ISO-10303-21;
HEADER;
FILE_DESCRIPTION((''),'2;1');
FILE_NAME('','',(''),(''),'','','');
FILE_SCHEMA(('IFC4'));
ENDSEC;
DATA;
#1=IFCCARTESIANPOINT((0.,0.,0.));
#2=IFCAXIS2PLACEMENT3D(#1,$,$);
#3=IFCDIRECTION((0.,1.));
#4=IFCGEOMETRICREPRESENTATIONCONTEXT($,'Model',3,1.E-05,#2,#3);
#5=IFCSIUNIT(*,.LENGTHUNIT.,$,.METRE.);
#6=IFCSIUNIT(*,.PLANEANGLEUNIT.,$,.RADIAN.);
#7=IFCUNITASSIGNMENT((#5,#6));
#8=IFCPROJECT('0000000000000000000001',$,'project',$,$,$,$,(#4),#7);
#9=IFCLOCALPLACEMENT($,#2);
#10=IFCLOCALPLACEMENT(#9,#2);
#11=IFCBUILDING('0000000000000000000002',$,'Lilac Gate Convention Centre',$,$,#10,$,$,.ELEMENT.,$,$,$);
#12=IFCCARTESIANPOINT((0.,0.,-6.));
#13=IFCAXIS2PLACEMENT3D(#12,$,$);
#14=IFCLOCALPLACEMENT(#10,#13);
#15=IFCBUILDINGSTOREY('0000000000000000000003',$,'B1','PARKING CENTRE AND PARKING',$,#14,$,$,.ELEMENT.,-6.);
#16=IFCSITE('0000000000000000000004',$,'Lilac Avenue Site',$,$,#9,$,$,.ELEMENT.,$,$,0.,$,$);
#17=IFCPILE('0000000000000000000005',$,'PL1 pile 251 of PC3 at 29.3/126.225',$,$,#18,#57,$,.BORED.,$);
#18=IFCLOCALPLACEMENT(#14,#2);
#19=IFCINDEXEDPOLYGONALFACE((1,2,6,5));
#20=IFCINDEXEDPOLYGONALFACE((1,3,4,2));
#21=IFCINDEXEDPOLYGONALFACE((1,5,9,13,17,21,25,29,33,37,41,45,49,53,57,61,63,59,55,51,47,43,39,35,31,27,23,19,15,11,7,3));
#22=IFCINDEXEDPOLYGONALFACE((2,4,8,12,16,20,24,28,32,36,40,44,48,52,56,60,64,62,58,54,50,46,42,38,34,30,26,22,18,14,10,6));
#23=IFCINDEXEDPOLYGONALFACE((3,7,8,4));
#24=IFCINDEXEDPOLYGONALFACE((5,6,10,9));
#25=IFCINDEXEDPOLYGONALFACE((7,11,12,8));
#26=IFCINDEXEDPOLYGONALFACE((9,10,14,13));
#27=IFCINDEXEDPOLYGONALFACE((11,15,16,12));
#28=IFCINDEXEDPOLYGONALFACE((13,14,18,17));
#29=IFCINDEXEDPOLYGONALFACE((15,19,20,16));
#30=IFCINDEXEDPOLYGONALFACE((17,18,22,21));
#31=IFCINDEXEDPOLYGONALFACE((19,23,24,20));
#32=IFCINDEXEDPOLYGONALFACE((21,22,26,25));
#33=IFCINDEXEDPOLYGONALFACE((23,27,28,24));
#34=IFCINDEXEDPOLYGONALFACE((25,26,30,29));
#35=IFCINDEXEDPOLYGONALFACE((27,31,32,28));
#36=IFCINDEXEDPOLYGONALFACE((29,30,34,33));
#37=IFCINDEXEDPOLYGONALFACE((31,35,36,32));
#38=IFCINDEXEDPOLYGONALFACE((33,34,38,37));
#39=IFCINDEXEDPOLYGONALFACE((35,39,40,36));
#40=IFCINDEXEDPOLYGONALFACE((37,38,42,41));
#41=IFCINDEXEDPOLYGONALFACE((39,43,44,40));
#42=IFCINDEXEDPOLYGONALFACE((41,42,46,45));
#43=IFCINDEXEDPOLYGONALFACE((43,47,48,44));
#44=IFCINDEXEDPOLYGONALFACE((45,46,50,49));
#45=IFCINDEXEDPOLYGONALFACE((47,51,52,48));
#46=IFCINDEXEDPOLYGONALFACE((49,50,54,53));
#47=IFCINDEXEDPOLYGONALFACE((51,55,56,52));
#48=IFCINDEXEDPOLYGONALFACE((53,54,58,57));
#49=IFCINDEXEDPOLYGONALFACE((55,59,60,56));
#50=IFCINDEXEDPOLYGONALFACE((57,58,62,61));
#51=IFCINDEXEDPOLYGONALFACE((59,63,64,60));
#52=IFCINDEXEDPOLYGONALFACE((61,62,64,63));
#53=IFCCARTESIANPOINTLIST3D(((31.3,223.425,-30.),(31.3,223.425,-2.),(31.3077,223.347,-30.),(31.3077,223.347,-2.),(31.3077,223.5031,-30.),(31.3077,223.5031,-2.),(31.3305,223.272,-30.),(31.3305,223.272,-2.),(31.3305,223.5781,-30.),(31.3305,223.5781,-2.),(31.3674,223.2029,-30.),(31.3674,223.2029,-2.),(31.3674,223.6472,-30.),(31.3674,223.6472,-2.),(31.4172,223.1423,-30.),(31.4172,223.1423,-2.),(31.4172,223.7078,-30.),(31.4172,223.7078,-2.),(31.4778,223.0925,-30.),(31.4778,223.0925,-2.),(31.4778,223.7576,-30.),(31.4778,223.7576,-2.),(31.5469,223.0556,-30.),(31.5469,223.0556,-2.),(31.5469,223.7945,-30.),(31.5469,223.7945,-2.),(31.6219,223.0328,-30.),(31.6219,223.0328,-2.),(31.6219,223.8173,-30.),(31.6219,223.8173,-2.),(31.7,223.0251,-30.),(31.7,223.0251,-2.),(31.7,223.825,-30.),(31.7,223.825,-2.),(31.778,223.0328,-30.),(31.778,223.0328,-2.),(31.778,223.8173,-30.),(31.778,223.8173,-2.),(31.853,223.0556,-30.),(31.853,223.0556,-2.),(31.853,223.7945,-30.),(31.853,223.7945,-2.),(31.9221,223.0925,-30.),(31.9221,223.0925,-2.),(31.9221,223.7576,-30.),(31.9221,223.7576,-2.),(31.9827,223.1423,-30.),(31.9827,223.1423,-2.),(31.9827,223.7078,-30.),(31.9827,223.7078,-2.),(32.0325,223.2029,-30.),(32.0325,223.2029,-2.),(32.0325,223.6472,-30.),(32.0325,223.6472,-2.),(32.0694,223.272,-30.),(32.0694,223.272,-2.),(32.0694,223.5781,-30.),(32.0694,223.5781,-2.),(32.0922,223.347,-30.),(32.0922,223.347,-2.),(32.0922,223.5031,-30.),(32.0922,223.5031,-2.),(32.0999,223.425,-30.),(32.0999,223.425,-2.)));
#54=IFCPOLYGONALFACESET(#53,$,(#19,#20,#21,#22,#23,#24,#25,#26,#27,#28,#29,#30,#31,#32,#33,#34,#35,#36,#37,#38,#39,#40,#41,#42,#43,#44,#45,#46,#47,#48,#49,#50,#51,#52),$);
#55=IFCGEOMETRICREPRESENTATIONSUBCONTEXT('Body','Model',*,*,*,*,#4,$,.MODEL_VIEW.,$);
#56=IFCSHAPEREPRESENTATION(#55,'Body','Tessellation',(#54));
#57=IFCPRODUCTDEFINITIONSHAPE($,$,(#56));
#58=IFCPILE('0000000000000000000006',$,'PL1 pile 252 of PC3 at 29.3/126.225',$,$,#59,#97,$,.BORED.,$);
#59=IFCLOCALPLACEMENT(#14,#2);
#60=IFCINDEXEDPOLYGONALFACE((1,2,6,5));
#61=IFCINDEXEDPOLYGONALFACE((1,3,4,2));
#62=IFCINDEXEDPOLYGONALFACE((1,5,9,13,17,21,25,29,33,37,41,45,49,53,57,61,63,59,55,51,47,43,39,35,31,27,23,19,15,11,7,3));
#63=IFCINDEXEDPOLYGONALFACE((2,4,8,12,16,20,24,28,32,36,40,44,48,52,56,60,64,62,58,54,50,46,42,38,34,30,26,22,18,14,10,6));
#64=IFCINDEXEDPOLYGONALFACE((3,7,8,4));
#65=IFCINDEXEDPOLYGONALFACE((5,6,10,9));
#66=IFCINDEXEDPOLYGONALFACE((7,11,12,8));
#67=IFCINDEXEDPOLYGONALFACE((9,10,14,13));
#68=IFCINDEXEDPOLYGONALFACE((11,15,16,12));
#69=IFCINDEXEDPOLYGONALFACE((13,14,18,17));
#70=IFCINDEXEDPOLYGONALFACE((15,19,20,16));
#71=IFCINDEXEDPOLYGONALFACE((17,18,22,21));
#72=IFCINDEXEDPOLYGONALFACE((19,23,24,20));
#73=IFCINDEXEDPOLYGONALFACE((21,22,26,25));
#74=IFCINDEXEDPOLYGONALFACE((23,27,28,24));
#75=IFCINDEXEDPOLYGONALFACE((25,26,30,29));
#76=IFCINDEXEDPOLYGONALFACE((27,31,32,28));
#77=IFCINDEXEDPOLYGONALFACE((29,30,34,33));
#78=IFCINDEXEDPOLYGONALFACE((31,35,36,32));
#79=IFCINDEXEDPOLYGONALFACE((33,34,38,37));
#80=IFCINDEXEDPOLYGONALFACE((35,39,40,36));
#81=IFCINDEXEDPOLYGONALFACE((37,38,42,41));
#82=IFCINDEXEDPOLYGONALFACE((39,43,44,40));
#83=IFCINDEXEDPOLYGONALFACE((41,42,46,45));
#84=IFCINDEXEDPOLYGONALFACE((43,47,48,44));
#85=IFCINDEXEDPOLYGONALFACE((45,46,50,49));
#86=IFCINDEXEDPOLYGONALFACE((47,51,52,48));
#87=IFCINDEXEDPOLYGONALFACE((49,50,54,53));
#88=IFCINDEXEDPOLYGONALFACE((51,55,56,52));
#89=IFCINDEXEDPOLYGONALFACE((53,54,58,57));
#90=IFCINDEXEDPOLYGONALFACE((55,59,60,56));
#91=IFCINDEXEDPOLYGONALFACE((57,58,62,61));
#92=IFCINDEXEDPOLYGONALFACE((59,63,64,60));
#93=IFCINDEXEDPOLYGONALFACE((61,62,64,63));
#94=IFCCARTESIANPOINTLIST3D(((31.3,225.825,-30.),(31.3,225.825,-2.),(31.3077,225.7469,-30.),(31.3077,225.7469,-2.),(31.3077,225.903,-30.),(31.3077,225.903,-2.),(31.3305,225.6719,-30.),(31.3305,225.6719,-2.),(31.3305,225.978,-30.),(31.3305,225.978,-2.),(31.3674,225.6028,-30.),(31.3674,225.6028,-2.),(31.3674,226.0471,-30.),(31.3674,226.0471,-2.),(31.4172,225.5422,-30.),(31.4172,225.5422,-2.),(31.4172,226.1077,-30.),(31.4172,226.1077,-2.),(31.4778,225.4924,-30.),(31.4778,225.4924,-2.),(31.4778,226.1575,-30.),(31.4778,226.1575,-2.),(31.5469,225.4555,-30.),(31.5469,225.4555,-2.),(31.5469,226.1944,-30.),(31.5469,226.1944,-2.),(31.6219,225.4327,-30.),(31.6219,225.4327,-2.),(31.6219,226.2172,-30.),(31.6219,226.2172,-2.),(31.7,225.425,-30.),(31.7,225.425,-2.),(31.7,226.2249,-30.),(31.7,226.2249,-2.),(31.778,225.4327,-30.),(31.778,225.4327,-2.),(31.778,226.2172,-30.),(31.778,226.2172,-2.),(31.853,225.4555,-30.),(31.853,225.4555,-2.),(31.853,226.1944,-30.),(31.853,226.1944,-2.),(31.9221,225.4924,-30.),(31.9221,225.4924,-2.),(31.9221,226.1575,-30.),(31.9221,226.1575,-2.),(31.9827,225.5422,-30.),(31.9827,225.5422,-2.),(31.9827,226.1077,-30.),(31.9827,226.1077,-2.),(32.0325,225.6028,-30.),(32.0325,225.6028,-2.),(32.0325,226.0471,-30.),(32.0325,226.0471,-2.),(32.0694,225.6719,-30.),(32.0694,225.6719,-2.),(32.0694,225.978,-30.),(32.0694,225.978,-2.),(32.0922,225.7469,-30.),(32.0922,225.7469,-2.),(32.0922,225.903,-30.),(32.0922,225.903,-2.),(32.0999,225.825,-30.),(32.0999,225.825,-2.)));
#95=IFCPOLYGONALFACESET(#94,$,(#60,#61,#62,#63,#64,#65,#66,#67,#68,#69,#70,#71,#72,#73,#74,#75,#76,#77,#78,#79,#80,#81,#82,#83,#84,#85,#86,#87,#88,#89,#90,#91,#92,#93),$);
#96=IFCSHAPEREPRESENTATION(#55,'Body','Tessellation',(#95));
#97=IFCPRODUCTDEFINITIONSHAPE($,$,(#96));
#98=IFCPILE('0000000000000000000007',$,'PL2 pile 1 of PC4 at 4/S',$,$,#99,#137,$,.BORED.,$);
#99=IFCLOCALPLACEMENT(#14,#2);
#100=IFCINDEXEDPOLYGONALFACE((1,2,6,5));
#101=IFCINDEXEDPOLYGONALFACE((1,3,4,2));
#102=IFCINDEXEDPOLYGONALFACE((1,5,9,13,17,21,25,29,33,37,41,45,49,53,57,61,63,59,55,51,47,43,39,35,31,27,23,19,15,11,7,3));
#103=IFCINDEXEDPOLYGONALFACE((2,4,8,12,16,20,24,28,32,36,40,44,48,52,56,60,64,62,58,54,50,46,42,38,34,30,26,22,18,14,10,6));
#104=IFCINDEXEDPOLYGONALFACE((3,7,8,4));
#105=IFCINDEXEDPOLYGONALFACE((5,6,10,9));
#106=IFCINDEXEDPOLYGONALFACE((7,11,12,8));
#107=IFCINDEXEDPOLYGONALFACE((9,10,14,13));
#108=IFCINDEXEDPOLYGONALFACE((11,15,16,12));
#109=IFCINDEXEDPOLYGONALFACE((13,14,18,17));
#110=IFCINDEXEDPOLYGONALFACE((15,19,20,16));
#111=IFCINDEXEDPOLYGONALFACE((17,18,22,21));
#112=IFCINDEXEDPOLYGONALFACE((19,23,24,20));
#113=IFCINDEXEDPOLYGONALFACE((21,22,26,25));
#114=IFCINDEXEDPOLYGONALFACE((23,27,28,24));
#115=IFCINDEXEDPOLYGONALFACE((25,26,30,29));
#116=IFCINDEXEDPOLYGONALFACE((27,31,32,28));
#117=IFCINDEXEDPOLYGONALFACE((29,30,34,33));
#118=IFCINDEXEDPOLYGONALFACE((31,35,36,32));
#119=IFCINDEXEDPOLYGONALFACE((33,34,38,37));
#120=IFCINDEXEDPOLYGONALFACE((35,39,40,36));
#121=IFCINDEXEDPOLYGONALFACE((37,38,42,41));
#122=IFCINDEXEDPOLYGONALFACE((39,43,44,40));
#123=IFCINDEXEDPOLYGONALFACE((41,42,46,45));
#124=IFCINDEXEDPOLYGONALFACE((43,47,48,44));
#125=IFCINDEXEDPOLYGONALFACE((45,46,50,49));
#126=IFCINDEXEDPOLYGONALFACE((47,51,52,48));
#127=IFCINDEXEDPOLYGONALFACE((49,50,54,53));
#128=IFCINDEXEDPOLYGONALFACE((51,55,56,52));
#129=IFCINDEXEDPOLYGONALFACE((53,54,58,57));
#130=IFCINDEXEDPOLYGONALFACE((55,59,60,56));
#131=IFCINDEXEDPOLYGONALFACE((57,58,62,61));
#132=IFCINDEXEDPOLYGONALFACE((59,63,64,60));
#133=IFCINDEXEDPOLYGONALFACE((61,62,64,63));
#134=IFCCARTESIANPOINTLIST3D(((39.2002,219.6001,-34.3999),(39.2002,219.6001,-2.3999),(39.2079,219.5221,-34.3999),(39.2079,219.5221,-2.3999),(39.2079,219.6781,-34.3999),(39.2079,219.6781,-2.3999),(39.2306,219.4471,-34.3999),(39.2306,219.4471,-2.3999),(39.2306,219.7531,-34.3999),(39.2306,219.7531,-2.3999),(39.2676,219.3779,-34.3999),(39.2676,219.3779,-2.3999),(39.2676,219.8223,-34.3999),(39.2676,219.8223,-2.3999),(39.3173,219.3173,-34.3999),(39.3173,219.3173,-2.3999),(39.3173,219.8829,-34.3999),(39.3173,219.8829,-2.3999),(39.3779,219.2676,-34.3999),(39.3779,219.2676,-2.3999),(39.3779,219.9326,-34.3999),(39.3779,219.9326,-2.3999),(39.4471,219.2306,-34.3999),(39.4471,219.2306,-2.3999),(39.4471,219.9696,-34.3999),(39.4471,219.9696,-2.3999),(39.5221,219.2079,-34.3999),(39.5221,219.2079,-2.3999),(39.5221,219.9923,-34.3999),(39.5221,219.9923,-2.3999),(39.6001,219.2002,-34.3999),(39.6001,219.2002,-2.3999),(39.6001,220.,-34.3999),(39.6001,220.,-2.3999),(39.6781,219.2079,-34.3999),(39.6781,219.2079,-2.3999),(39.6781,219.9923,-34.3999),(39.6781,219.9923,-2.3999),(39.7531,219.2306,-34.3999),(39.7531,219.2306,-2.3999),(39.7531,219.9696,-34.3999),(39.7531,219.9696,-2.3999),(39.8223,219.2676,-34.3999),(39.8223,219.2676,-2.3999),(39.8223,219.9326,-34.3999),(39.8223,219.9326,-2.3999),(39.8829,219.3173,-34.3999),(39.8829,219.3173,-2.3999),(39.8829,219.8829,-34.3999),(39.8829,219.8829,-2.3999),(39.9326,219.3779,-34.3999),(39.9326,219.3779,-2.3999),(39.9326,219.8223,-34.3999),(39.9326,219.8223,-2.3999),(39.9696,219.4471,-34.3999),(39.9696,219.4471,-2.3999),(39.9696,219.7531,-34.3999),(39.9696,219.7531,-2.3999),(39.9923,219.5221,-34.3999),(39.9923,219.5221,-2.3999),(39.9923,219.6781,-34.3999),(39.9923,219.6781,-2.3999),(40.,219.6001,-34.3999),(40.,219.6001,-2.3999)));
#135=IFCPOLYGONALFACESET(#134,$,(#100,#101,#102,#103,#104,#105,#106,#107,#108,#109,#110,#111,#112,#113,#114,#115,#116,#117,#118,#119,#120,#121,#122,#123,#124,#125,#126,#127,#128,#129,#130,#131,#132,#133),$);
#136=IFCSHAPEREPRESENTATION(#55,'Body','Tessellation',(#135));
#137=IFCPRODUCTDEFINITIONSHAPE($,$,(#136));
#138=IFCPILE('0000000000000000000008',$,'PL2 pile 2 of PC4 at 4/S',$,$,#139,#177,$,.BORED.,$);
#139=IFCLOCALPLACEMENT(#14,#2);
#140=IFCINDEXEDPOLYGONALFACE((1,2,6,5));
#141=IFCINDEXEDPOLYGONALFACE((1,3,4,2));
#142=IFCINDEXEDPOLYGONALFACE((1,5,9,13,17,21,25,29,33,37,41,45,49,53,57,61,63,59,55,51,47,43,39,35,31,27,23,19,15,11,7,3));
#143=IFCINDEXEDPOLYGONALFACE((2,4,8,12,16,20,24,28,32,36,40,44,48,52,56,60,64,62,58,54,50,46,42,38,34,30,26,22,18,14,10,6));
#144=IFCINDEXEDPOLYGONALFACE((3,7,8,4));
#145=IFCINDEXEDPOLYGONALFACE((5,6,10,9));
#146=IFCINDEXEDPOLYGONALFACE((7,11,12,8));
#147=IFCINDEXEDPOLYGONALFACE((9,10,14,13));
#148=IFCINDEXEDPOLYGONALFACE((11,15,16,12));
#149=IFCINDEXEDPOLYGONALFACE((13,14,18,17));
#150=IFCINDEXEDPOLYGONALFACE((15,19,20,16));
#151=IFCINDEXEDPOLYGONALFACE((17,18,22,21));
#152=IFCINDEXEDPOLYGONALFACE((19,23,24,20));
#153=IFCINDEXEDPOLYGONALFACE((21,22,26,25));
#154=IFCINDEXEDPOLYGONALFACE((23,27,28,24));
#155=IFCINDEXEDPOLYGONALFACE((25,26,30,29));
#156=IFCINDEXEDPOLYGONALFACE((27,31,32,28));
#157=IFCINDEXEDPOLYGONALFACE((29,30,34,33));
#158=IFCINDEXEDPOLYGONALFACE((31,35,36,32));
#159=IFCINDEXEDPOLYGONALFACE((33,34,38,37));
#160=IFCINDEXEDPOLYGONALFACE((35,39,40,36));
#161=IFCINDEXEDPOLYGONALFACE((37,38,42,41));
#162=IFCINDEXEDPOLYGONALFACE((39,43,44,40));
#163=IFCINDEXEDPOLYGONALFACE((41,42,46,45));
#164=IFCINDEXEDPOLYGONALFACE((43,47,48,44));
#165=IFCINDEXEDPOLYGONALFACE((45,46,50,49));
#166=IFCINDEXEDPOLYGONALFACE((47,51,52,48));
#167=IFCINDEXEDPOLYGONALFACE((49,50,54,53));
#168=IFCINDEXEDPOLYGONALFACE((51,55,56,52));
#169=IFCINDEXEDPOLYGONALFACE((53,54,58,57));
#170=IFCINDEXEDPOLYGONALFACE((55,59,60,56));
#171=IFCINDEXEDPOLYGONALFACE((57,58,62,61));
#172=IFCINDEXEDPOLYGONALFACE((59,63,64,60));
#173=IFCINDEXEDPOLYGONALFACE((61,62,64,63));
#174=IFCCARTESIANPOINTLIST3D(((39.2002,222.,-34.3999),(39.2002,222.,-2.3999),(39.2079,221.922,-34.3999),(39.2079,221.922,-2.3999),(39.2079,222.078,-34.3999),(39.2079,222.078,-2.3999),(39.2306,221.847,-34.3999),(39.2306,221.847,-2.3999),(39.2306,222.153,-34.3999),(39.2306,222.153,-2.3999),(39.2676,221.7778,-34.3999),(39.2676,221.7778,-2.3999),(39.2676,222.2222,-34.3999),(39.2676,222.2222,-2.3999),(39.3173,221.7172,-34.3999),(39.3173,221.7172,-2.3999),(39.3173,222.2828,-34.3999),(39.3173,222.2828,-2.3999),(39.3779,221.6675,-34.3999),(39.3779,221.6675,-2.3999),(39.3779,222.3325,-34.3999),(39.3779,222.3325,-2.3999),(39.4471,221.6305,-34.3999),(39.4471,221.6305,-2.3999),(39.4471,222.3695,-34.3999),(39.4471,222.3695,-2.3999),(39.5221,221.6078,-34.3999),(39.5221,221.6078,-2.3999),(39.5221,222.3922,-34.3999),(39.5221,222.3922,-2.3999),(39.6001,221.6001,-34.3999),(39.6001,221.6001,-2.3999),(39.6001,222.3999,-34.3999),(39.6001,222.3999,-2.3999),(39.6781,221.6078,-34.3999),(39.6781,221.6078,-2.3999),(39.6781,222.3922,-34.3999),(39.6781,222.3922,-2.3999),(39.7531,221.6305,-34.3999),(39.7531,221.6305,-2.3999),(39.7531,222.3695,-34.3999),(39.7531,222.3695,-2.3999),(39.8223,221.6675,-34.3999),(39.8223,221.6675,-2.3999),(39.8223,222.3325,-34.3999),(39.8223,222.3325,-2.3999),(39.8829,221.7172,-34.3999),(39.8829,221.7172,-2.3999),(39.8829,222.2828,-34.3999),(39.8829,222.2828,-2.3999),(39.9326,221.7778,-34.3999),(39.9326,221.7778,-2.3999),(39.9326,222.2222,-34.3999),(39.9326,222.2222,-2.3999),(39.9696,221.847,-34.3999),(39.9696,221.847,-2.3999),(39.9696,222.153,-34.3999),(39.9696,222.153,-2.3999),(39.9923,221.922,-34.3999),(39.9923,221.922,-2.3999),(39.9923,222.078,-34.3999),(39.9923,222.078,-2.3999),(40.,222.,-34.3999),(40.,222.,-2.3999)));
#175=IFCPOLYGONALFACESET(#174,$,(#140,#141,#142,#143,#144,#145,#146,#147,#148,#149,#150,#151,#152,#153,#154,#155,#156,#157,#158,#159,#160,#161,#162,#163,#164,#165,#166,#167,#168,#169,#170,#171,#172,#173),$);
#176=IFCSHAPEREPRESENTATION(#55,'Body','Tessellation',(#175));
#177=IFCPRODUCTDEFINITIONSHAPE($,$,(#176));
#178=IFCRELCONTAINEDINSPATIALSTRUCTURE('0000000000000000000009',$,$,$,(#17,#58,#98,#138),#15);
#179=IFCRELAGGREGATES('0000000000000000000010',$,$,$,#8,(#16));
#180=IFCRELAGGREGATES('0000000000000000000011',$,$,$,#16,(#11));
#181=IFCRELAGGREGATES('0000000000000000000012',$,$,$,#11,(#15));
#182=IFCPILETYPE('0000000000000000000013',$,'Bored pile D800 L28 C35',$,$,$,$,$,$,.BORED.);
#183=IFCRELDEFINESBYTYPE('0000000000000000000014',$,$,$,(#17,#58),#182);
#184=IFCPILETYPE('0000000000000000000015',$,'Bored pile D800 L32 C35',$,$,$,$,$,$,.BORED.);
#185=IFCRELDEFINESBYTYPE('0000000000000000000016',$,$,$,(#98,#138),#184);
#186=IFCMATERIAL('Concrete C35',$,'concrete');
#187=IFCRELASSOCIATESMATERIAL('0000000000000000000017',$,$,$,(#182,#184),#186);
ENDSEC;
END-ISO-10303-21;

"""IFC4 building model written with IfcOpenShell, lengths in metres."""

from ifc_helpers import new_model, si_unit, direction, frame, origin, origin_2d, place, context, subcontext, project, spatial, circle, extrude, material, material_profile, profile_set, type_object, element, save


model = new_model("IFC4")

# Units and contexts
model_context = context("Model", 3, precision=1e-05, world=origin(), true_north=direction((0.0, 1.0)))
body_context = subcontext(model_context, "Body", "Model", "MODEL_VIEW")
ifc_project = project(units=[si_unit("LENGTHUNIT", "METRE"), si_unit("PLANEANGLEUNIT", "RADIAN")], contexts=[model_context])

# Site, building, storey
site_placement = place(None, origin())
site = spatial("IfcSite", under=ifc_project, at=site_placement, Name="Lilac Avenue Site", CompositionType="ELEMENT", RefElevation=0.0)
building_placement = place(site_placement, origin())
building = spatial("IfcBuilding", under=site, at=building_placement, Name="Lilac Gate Convention Centre", CompositionType="ELEMENT")
storey_placement = place(building_placement, frame((0.0, 0.0, -6.0)))
storey = spatial("IfcBuildingStorey", under=building, at=storey_placement, Name="B1", Description="PARKING CENTRE AND PARKING", CompositionType="ELEMENT", Elevation=-6.0)

# Piles
ifc_material_1 = material(Name="Concrete C35", Category="concrete")
ifc_material_profile_1 = material_profile(ifc_material_1, circle(Radius=0.3999, at=origin_2d()), Name="D800")
ifc_profile_set_1 = profile_set([ifc_material_profile_1], Name="Concrete C35")
pile_type_1 = type_object("IfcPileType", Name="Bored pile D800 L28 C35", PredefinedType="BORED", material=ifc_profile_set_1)
for number, where, z_axis, x_axis, name in (
    (1, (31.7, 223.425, -2.0), (0.0, 0.0, -1.0), (1.0, 0.0, 0.0), "PL1 pile 251 of PC3 at 29.3/126.225"),
    (2, (31.7, 225.825, -2.0), (0.0, 0.0, -1.0), (1.0, 0.0, 0.0), "PL1 pile 252 of PC3 at 29.3/126.225"),
):
    element("IfcPile", number, at=place(storey_placement, frame(where, z_axis=z_axis, x_axis=x_axis)), inside=storey, type_object=pile_type_1, Name=name, PredefinedType="BORED", context=body_context, shape_type="SweptSolid", body=[
        extrude(circle(Radius=0.3999, at=origin_2d()), origin(), (0.0, 0.0, 1.0), 28.0),
    ])
ifc_material_profile_2 = material_profile(ifc_material_1, circle(Radius=0.3999, at=origin_2d()), Name="D800")
ifc_profile_set_2 = profile_set([ifc_material_profile_2], Name="Concrete C35")
pile_type_2 = type_object("IfcPileType", Name="Bored pile D800 L32 C35", PredefinedType="BORED", material=ifc_profile_set_2)
for number, where, z_axis, x_axis, name in (
    (3, (39.6001, 219.6001, -2.3999), (0.0, 0.0, -1.0), (1.0, 0.0, 0.0), "PL2 pile 1 of PC4 at 4/S"),
    (4, (39.6001, 222.0, -2.3999), (0.0, 0.0, -1.0), (1.0, 0.0, 0.0), "PL2 pile 2 of PC4 at 4/S"),
):
    element("IfcPile", number, at=place(storey_placement, frame(where, z_axis=z_axis, x_axis=x_axis)), inside=storey, type_object=pile_type_2, Name=name, PredefinedType="BORED", context=body_context, shape_type="SweptSolid", body=[
        extrude(circle(Radius=0.3999, at=origin_2d()), origin(), (0.0, 0.0, 1.0), 32.0),
    ])

save(model, "model.ifc")
